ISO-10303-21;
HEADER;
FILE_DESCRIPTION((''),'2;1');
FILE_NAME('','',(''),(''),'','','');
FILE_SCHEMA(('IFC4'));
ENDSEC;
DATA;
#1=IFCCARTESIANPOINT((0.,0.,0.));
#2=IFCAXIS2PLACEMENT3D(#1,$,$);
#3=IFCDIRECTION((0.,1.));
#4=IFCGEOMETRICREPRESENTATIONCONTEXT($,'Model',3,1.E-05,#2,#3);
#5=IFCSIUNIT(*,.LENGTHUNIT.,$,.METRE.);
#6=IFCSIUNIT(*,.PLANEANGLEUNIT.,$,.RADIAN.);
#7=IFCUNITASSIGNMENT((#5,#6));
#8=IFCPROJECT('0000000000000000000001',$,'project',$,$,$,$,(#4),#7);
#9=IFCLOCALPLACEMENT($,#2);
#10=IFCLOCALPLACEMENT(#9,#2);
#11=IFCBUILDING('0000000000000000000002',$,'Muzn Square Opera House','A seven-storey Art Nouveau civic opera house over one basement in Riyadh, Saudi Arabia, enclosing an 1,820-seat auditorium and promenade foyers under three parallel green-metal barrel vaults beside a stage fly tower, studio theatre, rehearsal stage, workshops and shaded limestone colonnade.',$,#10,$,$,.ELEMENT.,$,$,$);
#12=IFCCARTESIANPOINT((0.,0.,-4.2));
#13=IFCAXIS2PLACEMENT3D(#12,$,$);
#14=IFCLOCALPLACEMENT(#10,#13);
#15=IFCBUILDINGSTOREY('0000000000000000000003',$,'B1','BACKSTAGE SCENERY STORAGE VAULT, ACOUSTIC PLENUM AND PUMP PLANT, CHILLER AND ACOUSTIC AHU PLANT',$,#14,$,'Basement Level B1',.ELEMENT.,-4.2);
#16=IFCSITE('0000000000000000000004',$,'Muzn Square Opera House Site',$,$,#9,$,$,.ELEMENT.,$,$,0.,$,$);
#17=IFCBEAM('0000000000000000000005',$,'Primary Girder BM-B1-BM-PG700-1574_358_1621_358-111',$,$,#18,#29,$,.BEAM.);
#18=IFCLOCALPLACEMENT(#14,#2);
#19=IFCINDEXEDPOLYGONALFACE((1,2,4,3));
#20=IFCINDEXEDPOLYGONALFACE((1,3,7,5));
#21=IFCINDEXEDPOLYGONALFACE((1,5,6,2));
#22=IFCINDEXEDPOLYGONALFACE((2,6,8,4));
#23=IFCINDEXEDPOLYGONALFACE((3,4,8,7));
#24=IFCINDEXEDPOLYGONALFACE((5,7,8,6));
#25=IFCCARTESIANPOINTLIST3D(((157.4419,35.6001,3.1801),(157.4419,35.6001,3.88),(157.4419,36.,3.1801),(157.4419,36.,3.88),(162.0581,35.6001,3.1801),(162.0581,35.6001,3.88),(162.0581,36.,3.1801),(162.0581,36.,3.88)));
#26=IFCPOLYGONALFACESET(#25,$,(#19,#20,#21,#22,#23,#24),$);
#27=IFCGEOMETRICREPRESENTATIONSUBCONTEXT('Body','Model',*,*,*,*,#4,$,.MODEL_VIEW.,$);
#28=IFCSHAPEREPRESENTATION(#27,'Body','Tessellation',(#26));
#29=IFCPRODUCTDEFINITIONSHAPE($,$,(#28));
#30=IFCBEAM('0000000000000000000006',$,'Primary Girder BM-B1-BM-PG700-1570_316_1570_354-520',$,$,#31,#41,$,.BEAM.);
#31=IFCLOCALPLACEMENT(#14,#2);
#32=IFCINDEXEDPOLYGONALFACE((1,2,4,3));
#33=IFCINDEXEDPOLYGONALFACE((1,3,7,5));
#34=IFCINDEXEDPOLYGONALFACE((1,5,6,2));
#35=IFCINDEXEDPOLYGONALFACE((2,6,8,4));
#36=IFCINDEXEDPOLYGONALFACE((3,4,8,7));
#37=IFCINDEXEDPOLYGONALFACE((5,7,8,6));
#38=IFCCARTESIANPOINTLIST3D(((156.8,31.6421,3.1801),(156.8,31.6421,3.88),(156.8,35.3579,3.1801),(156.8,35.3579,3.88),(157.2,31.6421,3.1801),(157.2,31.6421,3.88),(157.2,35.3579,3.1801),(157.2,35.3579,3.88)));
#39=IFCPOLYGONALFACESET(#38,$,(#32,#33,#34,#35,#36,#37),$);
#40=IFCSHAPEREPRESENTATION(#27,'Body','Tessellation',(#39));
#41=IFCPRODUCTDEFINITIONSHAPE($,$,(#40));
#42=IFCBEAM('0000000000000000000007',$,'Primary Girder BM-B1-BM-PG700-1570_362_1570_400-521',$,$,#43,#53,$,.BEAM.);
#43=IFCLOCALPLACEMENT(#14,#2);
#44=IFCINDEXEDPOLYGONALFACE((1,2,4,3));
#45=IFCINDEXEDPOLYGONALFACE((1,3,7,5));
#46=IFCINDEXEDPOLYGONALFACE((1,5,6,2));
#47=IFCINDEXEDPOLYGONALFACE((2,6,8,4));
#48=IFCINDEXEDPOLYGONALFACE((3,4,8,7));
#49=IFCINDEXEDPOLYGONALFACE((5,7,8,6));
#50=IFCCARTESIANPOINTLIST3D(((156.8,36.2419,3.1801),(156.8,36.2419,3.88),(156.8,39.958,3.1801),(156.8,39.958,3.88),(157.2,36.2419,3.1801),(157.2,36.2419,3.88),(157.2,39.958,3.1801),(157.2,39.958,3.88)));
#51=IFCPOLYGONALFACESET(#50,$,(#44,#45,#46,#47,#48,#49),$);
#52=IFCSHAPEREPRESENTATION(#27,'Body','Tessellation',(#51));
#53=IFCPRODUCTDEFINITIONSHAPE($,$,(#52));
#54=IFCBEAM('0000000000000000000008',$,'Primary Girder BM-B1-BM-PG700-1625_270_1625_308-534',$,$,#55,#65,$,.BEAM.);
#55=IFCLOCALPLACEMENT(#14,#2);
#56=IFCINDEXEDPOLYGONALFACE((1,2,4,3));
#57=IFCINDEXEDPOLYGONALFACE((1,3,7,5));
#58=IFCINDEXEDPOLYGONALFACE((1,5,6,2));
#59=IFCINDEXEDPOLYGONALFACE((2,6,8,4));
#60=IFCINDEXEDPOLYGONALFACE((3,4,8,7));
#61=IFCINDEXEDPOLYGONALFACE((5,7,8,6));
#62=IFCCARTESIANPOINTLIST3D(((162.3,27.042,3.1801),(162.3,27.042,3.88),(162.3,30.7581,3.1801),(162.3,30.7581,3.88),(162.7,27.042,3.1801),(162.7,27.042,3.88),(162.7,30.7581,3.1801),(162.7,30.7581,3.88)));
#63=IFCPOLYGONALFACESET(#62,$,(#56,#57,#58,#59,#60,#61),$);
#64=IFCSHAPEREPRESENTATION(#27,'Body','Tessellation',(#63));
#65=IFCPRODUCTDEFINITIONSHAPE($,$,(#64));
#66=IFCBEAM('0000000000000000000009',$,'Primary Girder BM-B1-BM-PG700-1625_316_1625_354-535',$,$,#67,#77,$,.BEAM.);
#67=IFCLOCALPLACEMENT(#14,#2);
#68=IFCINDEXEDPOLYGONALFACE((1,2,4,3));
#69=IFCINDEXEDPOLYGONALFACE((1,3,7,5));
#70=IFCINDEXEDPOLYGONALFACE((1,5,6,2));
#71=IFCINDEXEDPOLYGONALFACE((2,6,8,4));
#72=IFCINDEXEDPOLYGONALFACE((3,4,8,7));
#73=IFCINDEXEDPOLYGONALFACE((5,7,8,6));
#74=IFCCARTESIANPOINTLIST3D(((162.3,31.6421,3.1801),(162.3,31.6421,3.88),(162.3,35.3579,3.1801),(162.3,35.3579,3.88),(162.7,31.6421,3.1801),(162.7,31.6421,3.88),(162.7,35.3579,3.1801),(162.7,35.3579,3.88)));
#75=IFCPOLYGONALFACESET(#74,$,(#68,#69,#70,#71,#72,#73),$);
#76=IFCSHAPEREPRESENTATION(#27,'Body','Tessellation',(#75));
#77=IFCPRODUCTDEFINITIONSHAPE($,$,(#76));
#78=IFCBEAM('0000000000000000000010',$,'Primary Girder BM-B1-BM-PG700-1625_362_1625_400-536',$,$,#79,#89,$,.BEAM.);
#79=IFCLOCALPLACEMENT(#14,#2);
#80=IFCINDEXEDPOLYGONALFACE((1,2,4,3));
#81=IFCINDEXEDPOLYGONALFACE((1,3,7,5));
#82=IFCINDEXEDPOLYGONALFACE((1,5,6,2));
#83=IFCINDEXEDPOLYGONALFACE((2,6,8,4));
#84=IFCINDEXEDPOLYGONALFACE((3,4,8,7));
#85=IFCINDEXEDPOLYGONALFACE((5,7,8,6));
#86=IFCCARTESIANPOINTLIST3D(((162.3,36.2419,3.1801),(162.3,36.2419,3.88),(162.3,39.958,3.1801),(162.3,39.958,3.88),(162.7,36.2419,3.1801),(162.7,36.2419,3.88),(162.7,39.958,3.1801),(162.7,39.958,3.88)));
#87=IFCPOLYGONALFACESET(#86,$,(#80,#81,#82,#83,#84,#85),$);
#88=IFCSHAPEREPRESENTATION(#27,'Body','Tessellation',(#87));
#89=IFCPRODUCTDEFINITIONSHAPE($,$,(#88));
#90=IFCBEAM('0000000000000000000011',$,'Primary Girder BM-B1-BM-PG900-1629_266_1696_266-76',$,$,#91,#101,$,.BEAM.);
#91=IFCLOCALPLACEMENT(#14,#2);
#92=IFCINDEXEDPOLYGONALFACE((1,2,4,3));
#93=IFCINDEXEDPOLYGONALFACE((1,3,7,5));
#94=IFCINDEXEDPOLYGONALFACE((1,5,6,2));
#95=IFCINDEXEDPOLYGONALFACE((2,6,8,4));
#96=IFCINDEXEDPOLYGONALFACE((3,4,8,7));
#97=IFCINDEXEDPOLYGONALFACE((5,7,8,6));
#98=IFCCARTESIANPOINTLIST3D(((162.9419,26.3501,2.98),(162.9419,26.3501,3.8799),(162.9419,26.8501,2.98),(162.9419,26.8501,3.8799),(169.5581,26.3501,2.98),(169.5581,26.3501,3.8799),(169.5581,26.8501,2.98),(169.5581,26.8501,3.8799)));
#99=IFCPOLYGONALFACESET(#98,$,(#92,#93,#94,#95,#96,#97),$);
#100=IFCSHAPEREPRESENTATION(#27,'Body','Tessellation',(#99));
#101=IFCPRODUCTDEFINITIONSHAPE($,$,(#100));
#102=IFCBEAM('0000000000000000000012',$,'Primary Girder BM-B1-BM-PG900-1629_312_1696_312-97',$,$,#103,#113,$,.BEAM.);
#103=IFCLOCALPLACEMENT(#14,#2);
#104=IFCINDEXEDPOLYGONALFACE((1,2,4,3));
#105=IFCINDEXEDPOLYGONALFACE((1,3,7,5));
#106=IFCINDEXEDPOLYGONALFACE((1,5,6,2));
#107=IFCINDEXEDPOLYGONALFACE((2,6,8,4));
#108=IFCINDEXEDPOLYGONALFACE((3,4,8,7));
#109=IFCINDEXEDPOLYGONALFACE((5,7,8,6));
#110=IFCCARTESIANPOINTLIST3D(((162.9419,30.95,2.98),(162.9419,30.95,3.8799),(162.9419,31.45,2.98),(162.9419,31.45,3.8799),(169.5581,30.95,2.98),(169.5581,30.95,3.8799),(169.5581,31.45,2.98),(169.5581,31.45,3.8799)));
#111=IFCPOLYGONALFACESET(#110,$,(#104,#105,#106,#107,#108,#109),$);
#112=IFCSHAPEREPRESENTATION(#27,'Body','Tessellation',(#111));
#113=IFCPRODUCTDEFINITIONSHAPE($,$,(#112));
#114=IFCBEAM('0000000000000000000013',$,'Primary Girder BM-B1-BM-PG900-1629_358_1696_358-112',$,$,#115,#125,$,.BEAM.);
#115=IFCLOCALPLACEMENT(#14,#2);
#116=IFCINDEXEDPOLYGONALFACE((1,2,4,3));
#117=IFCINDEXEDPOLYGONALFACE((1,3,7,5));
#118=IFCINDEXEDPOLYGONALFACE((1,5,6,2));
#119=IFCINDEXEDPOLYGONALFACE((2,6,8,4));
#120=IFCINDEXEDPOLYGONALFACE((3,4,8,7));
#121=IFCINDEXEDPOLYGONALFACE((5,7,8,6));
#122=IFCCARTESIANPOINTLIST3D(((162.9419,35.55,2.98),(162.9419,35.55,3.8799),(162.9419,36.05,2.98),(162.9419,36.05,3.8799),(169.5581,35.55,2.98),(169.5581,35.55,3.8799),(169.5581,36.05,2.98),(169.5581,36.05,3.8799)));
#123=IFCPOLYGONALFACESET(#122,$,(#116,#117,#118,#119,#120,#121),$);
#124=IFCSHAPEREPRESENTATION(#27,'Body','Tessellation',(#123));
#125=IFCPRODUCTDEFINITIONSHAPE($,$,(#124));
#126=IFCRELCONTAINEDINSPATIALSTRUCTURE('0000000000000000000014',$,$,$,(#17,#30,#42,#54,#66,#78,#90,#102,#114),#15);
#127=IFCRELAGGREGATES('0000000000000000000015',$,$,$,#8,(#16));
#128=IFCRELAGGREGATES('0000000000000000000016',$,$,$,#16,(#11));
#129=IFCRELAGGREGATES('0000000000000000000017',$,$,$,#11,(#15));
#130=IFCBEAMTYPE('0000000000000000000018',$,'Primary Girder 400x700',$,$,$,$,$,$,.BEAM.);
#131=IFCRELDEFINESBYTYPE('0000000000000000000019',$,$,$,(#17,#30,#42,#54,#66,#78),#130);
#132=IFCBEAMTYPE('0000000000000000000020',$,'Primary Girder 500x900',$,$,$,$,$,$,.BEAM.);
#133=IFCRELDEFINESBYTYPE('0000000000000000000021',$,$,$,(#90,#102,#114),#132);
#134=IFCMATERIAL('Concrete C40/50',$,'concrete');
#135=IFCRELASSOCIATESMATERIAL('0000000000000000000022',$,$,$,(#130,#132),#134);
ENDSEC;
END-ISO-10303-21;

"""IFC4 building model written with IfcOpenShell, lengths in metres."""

from ifc_helpers import new_model, si_unit, direction, frame, origin, origin_2d, place, context, subcontext, project, spatial, rectangle, extrude, material, material_profile, profile_set, type_object, element, save


model = new_model("IFC4")

# Units and contexts
model_context = context("Model", 3, precision=1e-05, world=origin(), true_north=direction((0.0, 1.0)))
body_context = subcontext(model_context, "Body", "Model", "MODEL_VIEW")
ifc_project = project(units=[si_unit("LENGTHUNIT", "METRE"), si_unit("PLANEANGLEUNIT", "RADIAN")], contexts=[model_context])

# Site, building, storey
site_placement = place(None, origin())
site = spatial("IfcSite", under=ifc_project, at=site_placement, Name="Muzn Square Opera House Site", CompositionType="ELEMENT", RefElevation=0.0)
building_placement = place(site_placement, origin())
building = spatial("IfcBuilding", under=site, at=building_placement, Name="Muzn Square Opera House", Description="A seven-storey Art Nouveau civic opera house over one basement in Riyadh, Saudi Arabia, enclosing an 1,820-seat auditorium and promenade foyers under three parallel green-metal barrel vaults beside a stage fly tower, studio theatre, rehearsal stage, workshops and shaded limestone colonnade.", CompositionType="ELEMENT")
storey_placement = place(building_placement, frame((0.0, 0.0, -4.2)))
storey = spatial("IfcBuildingStorey", under=building, at=storey_placement, Name="B1", Description="BACKSTAGE SCENERY STORAGE VAULT, ACOUSTIC PLENUM AND PUMP PLANT, CHILLER AND ACOUSTIC AHU PLANT", LongName="Basement Level B1", CompositionType="ELEMENT", Elevation=-4.2)

# Shared definitions
ifc_material_1 = material(Name="Concrete C40/50", Category="concrete")

# Beams
ifc_material_profile_1 = material_profile(ifc_material_1, rectangle(XDim=0.3999, YDim=0.7, at=origin_2d()), Name="RCB 400x700", Category="concrete")
ifc_profile_set_1 = profile_set([ifc_material_profile_1], Name="Concrete C40/50")
beam_type_1 = type_object("IfcBeamType", Name="Primary Girder 400x700", PredefinedType="BEAM", material=ifc_profile_set_1)
for number, where, z_axis, x_axis, name in (
    (1, (157.4419, 35.8, 3.53), (1.0, 0.0, 0.0), (0.0, 1.0, 0.0), "Primary Girder BM-B1-BM-PG700-1574_358_1621_358-111"),
):
    element("IfcBeam", number, at=place(storey_placement, frame(where, z_axis=z_axis, x_axis=x_axis)), inside=storey, type_object=beam_type_1, Name=name, PredefinedType="BEAM", context=body_context, shape_type="SweptSolid", body=[
        extrude(rectangle(XDim=0.3999, YDim=0.7, at=origin_2d()), origin(), (0.0, 0.0, 1.0), 4.6162),
    ])
beam_1_placement = place(storey_placement, frame((157.0, 31.6421, 3.53), z_axis=(0.0, 1.0, 0.0), x_axis=(-1.0, 0.0, 0.0)))
element("IfcBeam", 2, at=beam_1_placement, inside=storey, type_object=beam_type_1, Name="Primary Girder BM-B1-BM-PG700-1570_316_1570_354-520", PredefinedType="BEAM", context=body_context, shape_type="SweptSolid", body=[
    extrude(rectangle(XDim=0.3999, YDim=0.7, at=origin_2d()), origin(), (0.0, 0.0, 1.0), 3.7158),
])
for number, where, z_axis, x_axis, name in (
    (3, (157.0, 36.2419, 3.53), (0.0, 1.0, 0.0), (-1.0, 0.0, 0.0), "Primary Girder BM-B1-BM-PG700-1570_362_1570_400-521"),
    (4, (162.5, 27.042, 3.53), (0.0, 1.0, 0.0), (-1.0, 0.0, 0.0), "Primary Girder BM-B1-BM-PG700-1625_270_1625_308-534"),
):
    element("IfcBeam", number, at=place(storey_placement, frame(where, z_axis=z_axis, x_axis=x_axis)), inside=storey, type_object=beam_type_1, Name=name, PredefinedType="BEAM", context=body_context, shape_type="SweptSolid", body=[
        extrude(rectangle(XDim=0.3999, YDim=0.7, at=origin_2d()), origin(), (0.0, 0.0, 1.0), 3.7161),
    ])
beam_2_placement = place(storey_placement, frame((162.5, 31.6421, 3.53), z_axis=(0.0, 1.0, 0.0), x_axis=(-1.0, 0.0, 0.0)))
element("IfcBeam", 5, at=beam_2_placement, inside=storey, type_object=beam_type_1, Name="Primary Girder BM-B1-BM-PG700-1625_316_1625_354-535", PredefinedType="BEAM", context=body_context, shape_type="SweptSolid", body=[
    extrude(rectangle(XDim=0.3999, YDim=0.7, at=origin_2d()), origin(), (0.0, 0.0, 1.0), 3.7158),
])
beam_3_placement = place(storey_placement, frame((162.5, 36.2419, 3.53), z_axis=(0.0, 1.0, 0.0), x_axis=(-1.0, 0.0, 0.0)))
element("IfcBeam", 6, at=beam_3_placement, inside=storey, type_object=beam_type_1, Name="Primary Girder BM-B1-BM-PG700-1625_362_1625_400-536", PredefinedType="BEAM", context=body_context, shape_type="SweptSolid", body=[
    extrude(rectangle(XDim=0.3999, YDim=0.7, at=origin_2d()), origin(), (0.0, 0.0, 1.0), 3.7161),
])
ifc_material_profile_2 = material_profile(ifc_material_1, rectangle(XDim=0.5, YDim=0.8999, at=origin_2d()), Name="RCB 500x900", Category="concrete")
ifc_profile_set_2 = profile_set([ifc_material_profile_2], Name="Concrete C40/50")
beam_type_2 = type_object("IfcBeamType", Name="Primary Girder 500x900", PredefinedType="BEAM", material=ifc_profile_set_2)
for number, where, z_axis, x_axis, name in (
    (7, (162.9419, 26.6001, 3.4299), (1.0, 0.0, 0.0), (0.0, 1.0, 0.0), "Primary Girder BM-B1-BM-PG900-1629_266_1696_266-76"),
    (8, (162.9419, 31.2, 3.4299), (1.0, 0.0, 0.0), (0.0, 1.0, 0.0), "Primary Girder BM-B1-BM-PG900-1629_312_1696_312-97"),
    (9, (162.9419, 35.8, 3.4299), (1.0, 0.0, 0.0), (0.0, 1.0, 0.0), "Primary Girder BM-B1-BM-PG900-1629_358_1696_358-112"),
):
    element("IfcBeam", number, at=place(storey_placement, frame(where, z_axis=z_axis, x_axis=x_axis)), inside=storey, type_object=beam_type_2, Name=name, PredefinedType="BEAM", context=body_context, shape_type="SweptSolid", body=[
        extrude(rectangle(XDim=0.5, YDim=0.8999, at=origin_2d()), origin(), (0.0, 0.0, 1.0), 6.6162),
    ])

save(model, "model.ifc")
